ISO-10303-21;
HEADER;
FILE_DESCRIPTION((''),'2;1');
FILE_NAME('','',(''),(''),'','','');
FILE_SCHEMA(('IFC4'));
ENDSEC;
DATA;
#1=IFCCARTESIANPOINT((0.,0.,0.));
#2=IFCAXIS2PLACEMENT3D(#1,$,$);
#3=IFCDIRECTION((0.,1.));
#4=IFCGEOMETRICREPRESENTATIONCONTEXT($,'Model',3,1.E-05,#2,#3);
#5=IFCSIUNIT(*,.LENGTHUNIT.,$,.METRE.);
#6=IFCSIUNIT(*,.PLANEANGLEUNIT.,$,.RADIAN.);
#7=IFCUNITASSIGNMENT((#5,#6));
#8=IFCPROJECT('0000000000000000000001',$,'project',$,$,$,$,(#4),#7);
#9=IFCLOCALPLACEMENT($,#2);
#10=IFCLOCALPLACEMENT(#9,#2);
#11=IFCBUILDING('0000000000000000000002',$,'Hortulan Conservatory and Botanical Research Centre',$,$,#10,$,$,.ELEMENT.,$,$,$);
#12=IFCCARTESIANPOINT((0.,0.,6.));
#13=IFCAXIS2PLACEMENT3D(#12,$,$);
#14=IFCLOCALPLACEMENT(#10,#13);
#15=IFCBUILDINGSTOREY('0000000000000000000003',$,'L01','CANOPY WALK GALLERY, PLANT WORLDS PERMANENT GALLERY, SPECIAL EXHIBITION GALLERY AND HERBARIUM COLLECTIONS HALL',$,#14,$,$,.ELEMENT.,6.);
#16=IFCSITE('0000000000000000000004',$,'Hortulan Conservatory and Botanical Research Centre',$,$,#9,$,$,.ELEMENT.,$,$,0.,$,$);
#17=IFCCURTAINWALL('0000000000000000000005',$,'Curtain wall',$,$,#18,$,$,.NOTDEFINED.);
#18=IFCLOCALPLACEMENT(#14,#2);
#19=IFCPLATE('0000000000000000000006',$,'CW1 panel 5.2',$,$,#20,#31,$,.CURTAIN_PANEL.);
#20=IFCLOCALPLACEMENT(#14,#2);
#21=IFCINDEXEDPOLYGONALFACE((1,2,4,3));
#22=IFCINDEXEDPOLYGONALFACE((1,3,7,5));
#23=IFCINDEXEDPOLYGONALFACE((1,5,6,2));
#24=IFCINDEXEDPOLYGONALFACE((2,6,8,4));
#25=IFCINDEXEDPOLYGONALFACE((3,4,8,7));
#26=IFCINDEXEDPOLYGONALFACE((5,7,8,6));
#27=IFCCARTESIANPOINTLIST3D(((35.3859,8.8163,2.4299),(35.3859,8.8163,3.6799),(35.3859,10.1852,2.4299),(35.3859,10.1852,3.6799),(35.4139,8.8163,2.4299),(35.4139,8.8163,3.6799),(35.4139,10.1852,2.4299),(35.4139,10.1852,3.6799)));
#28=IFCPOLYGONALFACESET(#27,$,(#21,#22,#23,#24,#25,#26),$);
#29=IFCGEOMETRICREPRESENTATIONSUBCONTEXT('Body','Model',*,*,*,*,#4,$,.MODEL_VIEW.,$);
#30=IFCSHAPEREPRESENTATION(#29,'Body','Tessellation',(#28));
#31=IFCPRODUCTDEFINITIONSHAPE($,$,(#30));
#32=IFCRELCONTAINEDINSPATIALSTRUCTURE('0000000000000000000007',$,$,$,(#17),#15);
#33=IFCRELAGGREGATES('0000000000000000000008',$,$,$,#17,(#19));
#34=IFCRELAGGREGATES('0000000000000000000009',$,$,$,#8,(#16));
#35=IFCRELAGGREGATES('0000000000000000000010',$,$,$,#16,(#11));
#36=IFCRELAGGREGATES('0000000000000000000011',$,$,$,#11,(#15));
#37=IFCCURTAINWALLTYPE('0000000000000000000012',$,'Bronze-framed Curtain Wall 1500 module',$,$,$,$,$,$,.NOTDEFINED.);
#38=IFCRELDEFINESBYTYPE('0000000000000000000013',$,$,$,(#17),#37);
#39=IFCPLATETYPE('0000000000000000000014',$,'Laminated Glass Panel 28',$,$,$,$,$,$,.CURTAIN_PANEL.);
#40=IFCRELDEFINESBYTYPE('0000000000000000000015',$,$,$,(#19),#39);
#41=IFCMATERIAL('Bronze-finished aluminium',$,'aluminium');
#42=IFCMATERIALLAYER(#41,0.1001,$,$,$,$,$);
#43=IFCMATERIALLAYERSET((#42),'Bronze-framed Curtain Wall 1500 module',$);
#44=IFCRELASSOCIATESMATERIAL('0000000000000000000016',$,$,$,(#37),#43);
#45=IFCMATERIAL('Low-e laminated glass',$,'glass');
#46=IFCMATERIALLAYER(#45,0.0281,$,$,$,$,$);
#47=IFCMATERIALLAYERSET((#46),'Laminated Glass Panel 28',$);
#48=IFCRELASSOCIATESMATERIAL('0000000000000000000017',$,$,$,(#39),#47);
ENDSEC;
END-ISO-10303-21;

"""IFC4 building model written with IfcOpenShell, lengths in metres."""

from ifc_helpers import new_model, si_unit, direction, frame, origin, origin_2d, place, context, subcontext, project, spatial, rectangle, extrude, material, layer, layer_set, type_object, element, aggregate, save


model = new_model("IFC4")

# Units and contexts
model_context = context("Model", 3, precision=1e-05, world=origin(), true_north=direction((0.0, 1.0)))
body_context = subcontext(model_context, "Body", "Model", "MODEL_VIEW")
ifc_project = project(units=[si_unit("LENGTHUNIT", "METRE"), si_unit("PLANEANGLEUNIT", "RADIAN")], contexts=[model_context])

# Site, building, storey
site_placement = place(None, origin())
site = spatial("IfcSite", under=ifc_project, at=site_placement, Name="Hortulan Conservatory and Botanical Research Centre", CompositionType="ELEMENT", RefElevation=0.0)
building_placement = place(site_placement, origin())
building = spatial("IfcBuilding", under=site, at=building_placement, Name="Hortulan Conservatory and Botanical Research Centre", CompositionType="ELEMENT")
storey_placement = place(building_placement, frame((0.0, 0.0, 6.0)))
storey = spatial("IfcBuildingStorey", under=building, at=storey_placement, Name="L01", Description="CANOPY WALK GALLERY, PLANT WORLDS PERMANENT GALLERY, SPECIAL EXHIBITION GALLERY AND HERBARIUM COLLECTIONS HALL", CompositionType="ELEMENT", Elevation=6.0)

# Shared definitions
ifc_material_1 = material(Name="Bronze-finished aluminium", Category="aluminium")
ifc_layer_1 = layer(ifc_material_1, 0.1001)
ifc_layer_set_1 = layer_set([ifc_layer_1], Name="Bronze-framed Curtain Wall 1500 module")
curtain_wall_type = type_object("IfcCurtainWallType", Name="Bronze-framed Curtain Wall 1500 module", PredefinedType="NOTDEFINED", material=ifc_layer_set_1)

# Curtain wall
curtain_wall_1_placement = place(storey_placement, origin())
curtain_wall_1 = element("IfcCurtainWall", 1, at=curtain_wall_1_placement, inside=storey, type_object=curtain_wall_type, Name="Curtain wall", PredefinedType="NOTDEFINED")

# Plate
ifc_material_2 = material(Name="Low-e laminated glass", Category="glass")
ifc_layer_2 = layer(ifc_material_2, 0.0281)
ifc_layer_set_2 = layer_set([ifc_layer_2], Name="Laminated Glass Panel 28")
plate_type = type_object("IfcPlateType", Name="Laminated Glass Panel 28", PredefinedType="CURTAIN_PANEL", material=ifc_layer_set_2)
plate_1_placement = place(storey_placement, frame((35.3999, 9.5007, 2.4299), z_axis=(0.0, 0.0, 1.0), x_axis=(0.0, -1.0, 0.0)))
plate_1 = element("IfcPlate", 2, at=plate_1_placement, type_object=plate_type, Name="CW1 panel 5.2", PredefinedType="CURTAIN_PANEL", context=body_context, shape_type="SweptSolid", body=[
    extrude(rectangle(XDim=1.3689, YDim=0.0281, at=origin_2d()), origin(), (0.0, 0.0, 1.0), 1.25),
])
aggregate(curtain_wall_1, [plate_1])

save(model, "model.ifc")
